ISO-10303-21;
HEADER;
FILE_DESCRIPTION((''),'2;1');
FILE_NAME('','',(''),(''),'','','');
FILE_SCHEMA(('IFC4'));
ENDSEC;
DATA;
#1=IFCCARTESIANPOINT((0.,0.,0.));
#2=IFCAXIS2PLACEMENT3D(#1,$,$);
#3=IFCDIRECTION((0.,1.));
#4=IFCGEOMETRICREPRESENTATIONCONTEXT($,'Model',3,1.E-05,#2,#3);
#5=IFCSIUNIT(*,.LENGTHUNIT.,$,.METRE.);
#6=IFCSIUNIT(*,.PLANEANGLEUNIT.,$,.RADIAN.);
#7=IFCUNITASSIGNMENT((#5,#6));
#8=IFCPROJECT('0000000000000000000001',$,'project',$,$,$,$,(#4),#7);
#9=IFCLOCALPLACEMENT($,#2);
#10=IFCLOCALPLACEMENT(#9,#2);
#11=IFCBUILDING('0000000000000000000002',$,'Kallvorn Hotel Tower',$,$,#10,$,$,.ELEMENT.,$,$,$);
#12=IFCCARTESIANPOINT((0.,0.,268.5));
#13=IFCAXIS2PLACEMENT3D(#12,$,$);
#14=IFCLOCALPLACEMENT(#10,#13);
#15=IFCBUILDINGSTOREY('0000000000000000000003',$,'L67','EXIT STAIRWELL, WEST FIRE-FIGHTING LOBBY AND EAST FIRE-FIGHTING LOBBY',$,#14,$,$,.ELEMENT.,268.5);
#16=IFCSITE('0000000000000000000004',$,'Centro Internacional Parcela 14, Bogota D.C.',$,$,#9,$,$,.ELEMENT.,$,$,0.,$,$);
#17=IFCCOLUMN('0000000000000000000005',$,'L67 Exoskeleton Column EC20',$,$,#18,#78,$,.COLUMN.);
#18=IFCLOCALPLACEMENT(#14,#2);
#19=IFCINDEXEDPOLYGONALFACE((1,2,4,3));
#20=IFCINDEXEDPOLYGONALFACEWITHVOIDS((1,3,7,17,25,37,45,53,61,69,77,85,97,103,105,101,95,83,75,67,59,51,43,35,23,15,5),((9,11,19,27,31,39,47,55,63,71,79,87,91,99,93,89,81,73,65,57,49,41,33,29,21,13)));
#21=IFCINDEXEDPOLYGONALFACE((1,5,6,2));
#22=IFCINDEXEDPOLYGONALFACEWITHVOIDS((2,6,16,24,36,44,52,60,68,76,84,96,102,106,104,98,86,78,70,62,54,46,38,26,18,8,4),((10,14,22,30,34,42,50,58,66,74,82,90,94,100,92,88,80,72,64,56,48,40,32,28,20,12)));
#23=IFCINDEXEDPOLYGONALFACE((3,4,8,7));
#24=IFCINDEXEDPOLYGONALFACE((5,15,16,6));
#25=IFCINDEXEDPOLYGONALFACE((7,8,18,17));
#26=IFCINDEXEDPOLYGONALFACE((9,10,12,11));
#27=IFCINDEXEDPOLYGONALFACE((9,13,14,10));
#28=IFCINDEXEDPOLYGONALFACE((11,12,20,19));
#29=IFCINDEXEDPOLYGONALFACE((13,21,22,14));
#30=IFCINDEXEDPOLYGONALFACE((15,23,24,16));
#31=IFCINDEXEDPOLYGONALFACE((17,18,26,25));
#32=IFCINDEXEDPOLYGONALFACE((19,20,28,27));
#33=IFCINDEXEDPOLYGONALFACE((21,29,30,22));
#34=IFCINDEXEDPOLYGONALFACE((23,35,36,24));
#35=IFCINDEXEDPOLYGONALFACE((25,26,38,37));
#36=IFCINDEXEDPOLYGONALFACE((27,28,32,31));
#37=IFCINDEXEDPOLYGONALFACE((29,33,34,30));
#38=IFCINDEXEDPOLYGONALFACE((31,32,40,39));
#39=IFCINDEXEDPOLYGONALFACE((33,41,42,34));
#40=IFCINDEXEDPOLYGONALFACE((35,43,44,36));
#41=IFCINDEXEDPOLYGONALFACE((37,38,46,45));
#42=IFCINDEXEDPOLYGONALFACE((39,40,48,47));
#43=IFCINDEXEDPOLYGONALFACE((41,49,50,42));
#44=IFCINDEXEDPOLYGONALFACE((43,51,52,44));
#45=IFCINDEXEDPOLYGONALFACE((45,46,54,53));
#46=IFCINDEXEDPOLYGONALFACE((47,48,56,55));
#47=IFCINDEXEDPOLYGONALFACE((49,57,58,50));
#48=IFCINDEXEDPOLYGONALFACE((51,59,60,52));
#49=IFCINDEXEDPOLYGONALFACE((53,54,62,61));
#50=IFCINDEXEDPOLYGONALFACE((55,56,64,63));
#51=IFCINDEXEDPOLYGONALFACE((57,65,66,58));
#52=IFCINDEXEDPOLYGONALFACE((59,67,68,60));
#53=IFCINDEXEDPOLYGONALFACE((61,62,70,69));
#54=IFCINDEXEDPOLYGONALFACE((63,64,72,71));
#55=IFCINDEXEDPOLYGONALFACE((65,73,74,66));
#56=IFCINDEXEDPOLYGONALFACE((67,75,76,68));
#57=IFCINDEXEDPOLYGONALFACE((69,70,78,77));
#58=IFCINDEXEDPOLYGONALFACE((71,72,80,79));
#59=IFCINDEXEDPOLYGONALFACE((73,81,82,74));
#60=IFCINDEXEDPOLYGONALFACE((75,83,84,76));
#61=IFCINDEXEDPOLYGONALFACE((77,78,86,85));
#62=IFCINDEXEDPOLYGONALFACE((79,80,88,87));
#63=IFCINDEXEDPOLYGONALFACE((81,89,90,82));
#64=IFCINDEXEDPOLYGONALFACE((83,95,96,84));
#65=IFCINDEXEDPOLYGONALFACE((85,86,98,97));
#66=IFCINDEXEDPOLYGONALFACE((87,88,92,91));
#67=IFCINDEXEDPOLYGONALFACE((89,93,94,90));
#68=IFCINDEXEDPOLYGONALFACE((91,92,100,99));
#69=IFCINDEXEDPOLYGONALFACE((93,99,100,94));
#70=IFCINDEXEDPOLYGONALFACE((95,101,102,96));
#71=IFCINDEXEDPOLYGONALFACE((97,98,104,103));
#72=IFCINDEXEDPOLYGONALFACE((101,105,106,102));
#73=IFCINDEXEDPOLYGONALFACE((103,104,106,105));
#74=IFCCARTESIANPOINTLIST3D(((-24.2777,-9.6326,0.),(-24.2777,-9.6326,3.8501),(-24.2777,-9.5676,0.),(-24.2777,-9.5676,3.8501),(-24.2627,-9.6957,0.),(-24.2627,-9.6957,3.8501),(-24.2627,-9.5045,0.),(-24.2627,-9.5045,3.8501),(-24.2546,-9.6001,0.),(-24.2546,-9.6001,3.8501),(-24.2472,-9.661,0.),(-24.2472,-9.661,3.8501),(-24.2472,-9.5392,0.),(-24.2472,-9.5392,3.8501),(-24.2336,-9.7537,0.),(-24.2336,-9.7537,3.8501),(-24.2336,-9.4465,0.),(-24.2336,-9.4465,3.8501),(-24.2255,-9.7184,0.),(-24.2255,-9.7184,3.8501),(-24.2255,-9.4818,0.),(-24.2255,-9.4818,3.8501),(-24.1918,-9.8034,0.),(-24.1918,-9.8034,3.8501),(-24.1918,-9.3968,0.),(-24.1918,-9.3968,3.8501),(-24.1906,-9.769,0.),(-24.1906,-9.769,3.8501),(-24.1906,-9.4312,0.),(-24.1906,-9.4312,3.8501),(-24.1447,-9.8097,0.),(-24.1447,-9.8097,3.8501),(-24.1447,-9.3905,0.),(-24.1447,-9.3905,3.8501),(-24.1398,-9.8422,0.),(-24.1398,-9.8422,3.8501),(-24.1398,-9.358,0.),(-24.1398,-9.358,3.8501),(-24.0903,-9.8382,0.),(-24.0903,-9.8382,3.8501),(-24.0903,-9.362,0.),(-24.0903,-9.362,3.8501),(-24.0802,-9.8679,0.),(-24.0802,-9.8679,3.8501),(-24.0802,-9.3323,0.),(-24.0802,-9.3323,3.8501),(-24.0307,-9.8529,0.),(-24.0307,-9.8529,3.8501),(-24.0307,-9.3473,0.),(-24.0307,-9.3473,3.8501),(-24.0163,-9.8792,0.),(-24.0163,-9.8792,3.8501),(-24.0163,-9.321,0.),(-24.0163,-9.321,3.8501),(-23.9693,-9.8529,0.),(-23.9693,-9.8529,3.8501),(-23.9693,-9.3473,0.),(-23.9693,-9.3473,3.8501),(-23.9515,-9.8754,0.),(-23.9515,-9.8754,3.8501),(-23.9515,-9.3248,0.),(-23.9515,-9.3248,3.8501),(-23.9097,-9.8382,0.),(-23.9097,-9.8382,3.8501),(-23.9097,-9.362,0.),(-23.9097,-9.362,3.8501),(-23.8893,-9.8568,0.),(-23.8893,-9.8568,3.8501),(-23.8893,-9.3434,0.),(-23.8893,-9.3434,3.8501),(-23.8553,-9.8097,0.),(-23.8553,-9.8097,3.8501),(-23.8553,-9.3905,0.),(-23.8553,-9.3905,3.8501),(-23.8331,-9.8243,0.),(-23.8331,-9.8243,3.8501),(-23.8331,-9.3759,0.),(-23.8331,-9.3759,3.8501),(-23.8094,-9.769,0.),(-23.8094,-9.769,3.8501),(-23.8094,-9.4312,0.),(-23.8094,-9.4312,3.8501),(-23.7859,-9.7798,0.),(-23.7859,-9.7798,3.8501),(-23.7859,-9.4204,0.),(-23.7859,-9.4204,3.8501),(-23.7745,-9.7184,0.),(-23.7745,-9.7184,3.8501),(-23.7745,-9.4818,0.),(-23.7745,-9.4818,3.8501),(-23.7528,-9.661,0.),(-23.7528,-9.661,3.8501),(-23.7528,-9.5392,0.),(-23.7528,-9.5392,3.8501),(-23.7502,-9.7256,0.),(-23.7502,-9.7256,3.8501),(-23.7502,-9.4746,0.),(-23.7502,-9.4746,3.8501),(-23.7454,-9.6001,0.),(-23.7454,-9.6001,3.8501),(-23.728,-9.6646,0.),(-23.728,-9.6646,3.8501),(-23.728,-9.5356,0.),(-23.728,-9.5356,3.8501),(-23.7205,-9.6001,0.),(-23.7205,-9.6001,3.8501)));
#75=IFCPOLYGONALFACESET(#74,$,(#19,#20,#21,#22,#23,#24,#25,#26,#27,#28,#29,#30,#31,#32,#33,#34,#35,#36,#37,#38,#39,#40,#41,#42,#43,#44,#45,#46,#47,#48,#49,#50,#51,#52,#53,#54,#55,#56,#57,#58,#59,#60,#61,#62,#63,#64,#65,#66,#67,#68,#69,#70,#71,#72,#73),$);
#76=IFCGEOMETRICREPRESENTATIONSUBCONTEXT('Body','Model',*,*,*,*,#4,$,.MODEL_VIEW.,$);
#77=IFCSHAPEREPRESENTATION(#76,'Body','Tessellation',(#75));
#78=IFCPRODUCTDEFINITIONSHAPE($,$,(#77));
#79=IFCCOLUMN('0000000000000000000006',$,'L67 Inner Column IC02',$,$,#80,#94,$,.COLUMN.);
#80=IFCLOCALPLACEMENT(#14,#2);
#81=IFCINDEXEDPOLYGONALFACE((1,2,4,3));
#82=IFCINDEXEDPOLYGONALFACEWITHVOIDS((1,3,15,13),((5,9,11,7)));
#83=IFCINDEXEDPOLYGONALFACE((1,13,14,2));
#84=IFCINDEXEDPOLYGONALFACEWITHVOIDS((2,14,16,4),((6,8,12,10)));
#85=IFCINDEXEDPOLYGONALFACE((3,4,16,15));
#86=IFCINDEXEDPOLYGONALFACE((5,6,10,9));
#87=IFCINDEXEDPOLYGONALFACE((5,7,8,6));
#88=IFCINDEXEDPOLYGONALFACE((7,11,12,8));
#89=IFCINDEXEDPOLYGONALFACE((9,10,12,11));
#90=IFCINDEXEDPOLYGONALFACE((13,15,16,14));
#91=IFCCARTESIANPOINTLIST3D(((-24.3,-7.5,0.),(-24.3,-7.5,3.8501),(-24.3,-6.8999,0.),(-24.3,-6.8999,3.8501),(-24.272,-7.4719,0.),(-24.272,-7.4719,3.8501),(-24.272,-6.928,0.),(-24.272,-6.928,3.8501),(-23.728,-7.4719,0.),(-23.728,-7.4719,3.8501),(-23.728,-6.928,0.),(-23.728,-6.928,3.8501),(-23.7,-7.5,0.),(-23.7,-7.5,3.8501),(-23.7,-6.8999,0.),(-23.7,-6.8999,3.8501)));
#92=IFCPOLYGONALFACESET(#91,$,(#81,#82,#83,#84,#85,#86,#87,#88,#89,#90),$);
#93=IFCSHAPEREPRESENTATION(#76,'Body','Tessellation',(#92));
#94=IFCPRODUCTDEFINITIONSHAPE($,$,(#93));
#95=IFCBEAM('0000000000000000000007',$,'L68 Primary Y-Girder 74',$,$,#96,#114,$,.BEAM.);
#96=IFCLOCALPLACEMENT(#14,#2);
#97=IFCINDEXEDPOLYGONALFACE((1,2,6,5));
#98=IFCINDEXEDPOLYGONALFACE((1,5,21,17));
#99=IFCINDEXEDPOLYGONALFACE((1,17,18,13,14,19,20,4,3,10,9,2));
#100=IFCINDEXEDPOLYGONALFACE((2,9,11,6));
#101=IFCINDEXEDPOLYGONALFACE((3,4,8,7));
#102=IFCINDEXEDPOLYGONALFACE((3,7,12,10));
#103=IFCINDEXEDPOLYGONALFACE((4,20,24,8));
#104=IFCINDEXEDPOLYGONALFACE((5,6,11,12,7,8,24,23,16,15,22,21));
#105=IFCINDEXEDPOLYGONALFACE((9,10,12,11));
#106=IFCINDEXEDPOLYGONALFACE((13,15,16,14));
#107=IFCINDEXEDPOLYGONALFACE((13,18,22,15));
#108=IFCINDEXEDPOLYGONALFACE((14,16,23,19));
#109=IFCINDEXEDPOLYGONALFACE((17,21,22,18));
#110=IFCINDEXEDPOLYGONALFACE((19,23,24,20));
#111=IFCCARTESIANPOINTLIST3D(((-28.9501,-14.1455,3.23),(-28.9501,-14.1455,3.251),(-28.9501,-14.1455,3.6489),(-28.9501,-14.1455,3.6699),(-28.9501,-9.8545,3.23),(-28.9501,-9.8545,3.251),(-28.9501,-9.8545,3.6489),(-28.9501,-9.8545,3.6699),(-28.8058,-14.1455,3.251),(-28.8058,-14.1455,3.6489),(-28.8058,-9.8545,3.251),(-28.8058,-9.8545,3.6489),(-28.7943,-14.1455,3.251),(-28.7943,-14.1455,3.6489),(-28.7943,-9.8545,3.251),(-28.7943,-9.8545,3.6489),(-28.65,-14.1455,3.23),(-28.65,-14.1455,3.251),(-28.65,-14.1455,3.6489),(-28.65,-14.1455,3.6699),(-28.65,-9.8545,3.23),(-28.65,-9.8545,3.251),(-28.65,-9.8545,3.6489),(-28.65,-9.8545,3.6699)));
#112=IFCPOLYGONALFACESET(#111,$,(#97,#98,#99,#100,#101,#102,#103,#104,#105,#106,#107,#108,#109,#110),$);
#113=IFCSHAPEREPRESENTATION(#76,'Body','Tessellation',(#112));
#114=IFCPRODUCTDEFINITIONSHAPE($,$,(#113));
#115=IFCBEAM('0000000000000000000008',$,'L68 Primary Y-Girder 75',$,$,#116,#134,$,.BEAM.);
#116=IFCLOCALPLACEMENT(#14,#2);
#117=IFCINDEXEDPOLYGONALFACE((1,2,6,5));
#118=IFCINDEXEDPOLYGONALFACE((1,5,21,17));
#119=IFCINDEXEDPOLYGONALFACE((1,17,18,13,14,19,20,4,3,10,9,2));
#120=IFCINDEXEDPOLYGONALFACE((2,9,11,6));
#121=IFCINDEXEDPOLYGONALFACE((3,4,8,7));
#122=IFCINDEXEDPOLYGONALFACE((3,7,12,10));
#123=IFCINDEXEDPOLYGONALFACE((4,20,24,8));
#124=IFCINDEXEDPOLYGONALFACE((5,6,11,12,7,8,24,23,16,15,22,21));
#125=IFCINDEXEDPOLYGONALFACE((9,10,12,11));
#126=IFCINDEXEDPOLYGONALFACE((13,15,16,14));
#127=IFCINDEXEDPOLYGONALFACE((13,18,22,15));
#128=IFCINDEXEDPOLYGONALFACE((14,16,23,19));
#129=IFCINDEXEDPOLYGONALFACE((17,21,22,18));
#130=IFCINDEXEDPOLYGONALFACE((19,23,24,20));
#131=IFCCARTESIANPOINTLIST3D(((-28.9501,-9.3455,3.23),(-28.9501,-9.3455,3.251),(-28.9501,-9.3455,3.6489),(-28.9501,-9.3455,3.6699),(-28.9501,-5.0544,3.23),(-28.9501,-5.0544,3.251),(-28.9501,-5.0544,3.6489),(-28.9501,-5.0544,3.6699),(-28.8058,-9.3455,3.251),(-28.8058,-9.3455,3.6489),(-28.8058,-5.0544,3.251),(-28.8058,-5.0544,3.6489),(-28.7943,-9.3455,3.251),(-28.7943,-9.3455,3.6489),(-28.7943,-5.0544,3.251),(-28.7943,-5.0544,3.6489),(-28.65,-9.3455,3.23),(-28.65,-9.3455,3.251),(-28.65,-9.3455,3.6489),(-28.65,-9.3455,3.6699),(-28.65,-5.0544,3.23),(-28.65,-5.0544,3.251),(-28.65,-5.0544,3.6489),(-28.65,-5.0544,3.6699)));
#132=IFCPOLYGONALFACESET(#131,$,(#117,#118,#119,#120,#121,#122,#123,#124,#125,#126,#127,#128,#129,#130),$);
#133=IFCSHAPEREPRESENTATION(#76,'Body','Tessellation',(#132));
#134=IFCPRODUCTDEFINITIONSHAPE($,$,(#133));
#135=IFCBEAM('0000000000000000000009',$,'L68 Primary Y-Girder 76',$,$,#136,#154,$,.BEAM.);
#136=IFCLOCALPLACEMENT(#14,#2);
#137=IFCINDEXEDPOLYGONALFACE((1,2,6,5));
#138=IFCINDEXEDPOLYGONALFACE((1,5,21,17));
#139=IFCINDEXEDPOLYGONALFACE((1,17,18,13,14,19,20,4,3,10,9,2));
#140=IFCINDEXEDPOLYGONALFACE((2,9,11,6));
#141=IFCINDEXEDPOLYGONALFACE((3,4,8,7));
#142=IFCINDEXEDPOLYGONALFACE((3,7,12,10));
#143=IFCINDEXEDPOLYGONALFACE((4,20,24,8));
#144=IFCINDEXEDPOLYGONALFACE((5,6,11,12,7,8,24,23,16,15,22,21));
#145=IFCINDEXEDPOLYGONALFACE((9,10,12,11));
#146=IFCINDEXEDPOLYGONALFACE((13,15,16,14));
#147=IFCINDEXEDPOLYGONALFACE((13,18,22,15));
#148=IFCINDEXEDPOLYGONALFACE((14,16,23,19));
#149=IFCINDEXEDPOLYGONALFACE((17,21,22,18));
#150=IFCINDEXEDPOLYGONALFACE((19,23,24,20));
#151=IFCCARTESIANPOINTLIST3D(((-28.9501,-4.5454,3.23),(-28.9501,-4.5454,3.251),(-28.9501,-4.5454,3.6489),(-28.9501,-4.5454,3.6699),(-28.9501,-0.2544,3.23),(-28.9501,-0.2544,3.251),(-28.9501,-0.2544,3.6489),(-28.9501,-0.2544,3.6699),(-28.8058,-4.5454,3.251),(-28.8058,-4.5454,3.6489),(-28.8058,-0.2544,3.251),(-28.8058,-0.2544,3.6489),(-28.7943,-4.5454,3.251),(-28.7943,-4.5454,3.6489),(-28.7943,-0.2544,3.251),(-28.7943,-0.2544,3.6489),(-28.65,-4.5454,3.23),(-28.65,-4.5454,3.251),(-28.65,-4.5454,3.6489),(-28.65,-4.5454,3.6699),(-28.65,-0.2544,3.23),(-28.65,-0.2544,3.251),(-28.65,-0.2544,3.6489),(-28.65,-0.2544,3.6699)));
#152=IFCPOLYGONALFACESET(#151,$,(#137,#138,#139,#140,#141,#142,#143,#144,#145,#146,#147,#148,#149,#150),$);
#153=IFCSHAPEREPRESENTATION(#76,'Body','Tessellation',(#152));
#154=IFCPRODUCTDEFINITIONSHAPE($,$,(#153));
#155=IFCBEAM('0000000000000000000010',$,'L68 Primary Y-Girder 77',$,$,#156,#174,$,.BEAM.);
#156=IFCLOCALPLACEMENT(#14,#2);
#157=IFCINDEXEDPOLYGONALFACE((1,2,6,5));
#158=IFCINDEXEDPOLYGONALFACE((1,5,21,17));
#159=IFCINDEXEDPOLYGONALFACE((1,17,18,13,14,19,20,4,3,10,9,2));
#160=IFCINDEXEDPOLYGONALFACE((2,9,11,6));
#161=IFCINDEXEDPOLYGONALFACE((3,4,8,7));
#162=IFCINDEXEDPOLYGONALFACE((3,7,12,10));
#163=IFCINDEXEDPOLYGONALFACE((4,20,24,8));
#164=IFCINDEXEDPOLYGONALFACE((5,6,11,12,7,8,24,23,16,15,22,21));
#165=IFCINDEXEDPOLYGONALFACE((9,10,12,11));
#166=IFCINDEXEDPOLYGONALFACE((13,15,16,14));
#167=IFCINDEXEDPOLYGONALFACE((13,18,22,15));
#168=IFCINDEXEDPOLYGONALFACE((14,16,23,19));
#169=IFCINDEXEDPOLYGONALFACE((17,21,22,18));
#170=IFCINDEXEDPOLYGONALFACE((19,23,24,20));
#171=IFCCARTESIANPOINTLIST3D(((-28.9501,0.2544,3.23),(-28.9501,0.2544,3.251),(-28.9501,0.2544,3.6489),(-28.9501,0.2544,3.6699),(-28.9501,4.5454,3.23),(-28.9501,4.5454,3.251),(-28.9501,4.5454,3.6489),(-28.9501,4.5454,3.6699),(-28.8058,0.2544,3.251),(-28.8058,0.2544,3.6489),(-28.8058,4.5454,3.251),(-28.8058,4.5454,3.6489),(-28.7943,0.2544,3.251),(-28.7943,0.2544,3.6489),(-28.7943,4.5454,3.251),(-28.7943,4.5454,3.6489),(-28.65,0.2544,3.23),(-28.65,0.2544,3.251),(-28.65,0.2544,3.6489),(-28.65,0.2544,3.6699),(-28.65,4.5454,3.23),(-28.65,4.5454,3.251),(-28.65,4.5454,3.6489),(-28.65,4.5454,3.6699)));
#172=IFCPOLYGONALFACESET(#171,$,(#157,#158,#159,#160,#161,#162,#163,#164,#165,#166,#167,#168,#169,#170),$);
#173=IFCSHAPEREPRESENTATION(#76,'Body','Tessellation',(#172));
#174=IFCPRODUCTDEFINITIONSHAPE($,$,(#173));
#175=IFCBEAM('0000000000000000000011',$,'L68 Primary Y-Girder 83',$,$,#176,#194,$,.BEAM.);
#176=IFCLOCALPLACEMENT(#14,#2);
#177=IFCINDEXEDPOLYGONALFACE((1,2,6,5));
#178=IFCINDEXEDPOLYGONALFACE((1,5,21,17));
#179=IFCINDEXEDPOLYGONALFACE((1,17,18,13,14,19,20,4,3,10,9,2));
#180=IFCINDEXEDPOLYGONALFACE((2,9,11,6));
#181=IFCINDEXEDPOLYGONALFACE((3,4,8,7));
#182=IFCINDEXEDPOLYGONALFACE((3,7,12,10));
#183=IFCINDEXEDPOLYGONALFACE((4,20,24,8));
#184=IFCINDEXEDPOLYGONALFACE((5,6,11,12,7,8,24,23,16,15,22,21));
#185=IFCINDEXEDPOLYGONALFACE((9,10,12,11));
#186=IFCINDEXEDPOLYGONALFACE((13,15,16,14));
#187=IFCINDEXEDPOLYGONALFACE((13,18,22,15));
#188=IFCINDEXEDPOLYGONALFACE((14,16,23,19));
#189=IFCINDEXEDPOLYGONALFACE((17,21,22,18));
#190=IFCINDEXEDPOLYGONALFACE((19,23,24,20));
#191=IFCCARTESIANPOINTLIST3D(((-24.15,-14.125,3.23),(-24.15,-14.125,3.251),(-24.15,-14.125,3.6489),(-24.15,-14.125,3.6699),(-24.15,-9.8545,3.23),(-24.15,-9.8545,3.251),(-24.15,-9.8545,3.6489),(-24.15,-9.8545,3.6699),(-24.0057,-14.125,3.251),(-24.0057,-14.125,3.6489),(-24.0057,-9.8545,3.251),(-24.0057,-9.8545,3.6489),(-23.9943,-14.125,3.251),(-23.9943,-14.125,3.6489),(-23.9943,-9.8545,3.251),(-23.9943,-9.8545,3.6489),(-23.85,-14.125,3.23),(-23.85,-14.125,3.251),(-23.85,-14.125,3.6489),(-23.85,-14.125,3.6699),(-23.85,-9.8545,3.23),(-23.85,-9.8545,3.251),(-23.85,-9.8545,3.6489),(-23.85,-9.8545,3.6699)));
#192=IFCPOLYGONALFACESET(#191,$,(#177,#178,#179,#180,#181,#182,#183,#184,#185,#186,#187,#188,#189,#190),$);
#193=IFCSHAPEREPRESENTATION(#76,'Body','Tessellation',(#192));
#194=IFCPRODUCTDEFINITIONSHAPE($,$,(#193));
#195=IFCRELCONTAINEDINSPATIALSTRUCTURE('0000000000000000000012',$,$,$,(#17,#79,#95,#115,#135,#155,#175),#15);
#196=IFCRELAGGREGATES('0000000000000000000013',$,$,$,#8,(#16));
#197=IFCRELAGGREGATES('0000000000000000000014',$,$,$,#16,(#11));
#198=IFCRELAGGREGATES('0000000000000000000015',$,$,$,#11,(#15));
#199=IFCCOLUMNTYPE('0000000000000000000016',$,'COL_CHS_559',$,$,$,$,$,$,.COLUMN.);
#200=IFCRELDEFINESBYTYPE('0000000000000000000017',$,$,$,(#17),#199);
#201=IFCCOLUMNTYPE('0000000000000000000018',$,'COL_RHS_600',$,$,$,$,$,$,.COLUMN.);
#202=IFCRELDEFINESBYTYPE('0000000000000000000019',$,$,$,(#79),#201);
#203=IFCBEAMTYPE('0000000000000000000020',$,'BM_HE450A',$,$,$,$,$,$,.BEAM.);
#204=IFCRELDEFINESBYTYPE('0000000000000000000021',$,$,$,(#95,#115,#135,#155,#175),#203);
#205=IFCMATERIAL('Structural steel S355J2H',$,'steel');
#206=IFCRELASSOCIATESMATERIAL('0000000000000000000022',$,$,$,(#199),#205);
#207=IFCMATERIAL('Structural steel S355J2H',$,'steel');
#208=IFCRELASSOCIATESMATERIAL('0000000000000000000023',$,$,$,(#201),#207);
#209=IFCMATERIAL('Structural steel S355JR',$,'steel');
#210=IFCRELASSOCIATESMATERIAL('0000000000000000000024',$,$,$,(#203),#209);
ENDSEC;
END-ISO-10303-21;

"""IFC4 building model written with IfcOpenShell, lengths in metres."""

from ifc_helpers import new_model, si_unit, direction, frame, origin, origin_2d, place, context, subcontext, project, spatial, hollow_rectangle, hollow_circle, i_section, extrude, material, material_profile, profile_set, type_object, element, save


model = new_model("IFC4")

# Units and contexts
model_context = context("Model", 3, precision=1e-05, world=origin(), true_north=direction((0.0, 1.0)))
body_context = subcontext(model_context, "Body", "Model", "MODEL_VIEW")
ifc_project = project(units=[si_unit("LENGTHUNIT", "METRE"), si_unit("PLANEANGLEUNIT", "RADIAN")], contexts=[model_context])

# Site, building, storey
site_placement = place(None, origin())
site = spatial("IfcSite", under=ifc_project, at=site_placement, Name="Centro Internacional Parcela 14, Bogota D.C.", CompositionType="ELEMENT", RefElevation=0.0)
building_placement = place(site_placement, origin())
building = spatial("IfcBuilding", under=site, at=building_placement, Name="Kallvorn Hotel Tower", CompositionType="ELEMENT")
storey_placement = place(building_placement, frame((0.0, 0.0, 268.5)))
storey = spatial("IfcBuildingStorey", under=building, at=storey_placement, Name="L67", Description="EXIT STAIRWELL, WEST FIRE-FIGHTING LOBBY AND EAST FIRE-FIGHTING LOBBY", CompositionType="ELEMENT", Elevation=268.5)

# Columns
ifc_material_1 = material(Name="Structural steel S355J2H", Category="steel")
ifc_material_profile_1 = material_profile(ifc_material_1, hollow_circle(Radius=0.2795, WallThickness=0.0249, at=origin_2d()), Name="CHS 559x25")
ifc_profile_set_1 = profile_set([ifc_material_profile_1], Name="Structural steel S355J2H")
column_type_1 = type_object("IfcColumnType", Name="COL_CHS_559", PredefinedType="COLUMN", material=ifc_profile_set_1)
for number, where, z_axis, x_axis, name in (
    (1, (-24.0, -9.6001, 0.0), (0.0, 0.0, 1.0), (1.0, 0.0, 0.0), "L67 Exoskeleton Column EC20"),
):
    element("IfcColumn", number, at=place(storey_placement, frame(where, z_axis=z_axis, x_axis=x_axis)), inside=storey, type_object=column_type_1, Name=name, PredefinedType="COLUMN", context=body_context, shape_type="SweptSolid", body=[
        extrude(hollow_circle(Radius=0.2795, WallThickness=0.0249, at=origin_2d()), origin(), (0.0, 0.0, 1.0), 3.8501),
    ])
ifc_material_2 = material(Name="Structural steel S355J2H", Category="steel")
ifc_material_profile_2 = material_profile(ifc_material_2, hollow_rectangle(XDim=0.6001, YDim=0.6001, WallThickness=0.0281, at=origin_2d()), Name="RHS 600x600x28")
ifc_profile_set_2 = profile_set([ifc_material_profile_2], Name="Structural steel S355J2H")
column_type_2 = type_object("IfcColumnType", Name="COL_RHS_600", PredefinedType="COLUMN", material=ifc_profile_set_2)
column_placement = place(storey_placement, frame((-24.0, -7.2, 0.0), z_axis=(0.0, 0.0, 1.0), x_axis=(1.0, 0.0, 0.0)))
element("IfcColumn", 2, at=column_placement, inside=storey, type_object=column_type_2, Name="L67 Inner Column IC02", PredefinedType="COLUMN", context=body_context, shape_type="SweptSolid", body=[
    extrude(hollow_rectangle(XDim=0.6001, YDim=0.6001, WallThickness=0.0281, at=origin_2d()), origin(), (0.0, 0.0, 1.0), 3.8501),
])

# Beams
ifc_material_3 = material(Name="Structural steel S355JR", Category="steel")
ifc_material_profile_3 = material_profile(ifc_material_3, i_section(OverallWidth=0.3, OverallDepth=0.4399, WebThickness=0.0115, FlangeThickness=0.021, at=origin_2d()), Name="HE 450 A")
ifc_profile_set_3 = profile_set([ifc_material_profile_3], Name="Structural steel S355JR")
beam_type_1 = type_object("IfcBeamType", Name="BM_HE450A", PredefinedType="BEAM", material=ifc_profile_set_3)
for number, where, z_axis, x_axis, name in (
    (3, (-28.8, -14.1455, 3.45), (0.0, 1.0, 0.0), (-1.0, 0.0, 0.0), "L68 Primary Y-Girder 74"),
    (4, (-28.8, -9.3455, 3.45), (0.0, 1.0, 0.0), (-1.0, 0.0, 0.0), "L68 Primary Y-Girder 75"),
    (5, (-28.8, -4.5454, 3.45), (0.0, 1.0, 0.0), (-1.0, 0.0, 0.0), "L68 Primary Y-Girder 76"),
    (6, (-28.8, 0.2544, 3.45), (0.0, 1.0, 0.0), (-1.0, 0.0, 0.0), "L68 Primary Y-Girder 77"),
):
    element("IfcBeam", number, at=place(storey_placement, frame(where, z_axis=z_axis, x_axis=x_axis)), inside=storey, type_object=beam_type_1, Name=name, PredefinedType="BEAM", context=body_context, shape_type="SweptSolid", body=[
        extrude(i_section(OverallWidth=0.3, OverallDepth=0.4399, WebThickness=0.0115, FlangeThickness=0.021, at=origin_2d()), origin(), (0.0, 0.0, 1.0), 4.291),
    ])
beam_1_placement = place(storey_placement, frame((-24.0, -14.125, 3.45), z_axis=(0.0, 1.0, 0.0), x_axis=(-1.0, 0.0, 0.0)))
element("IfcBeam", 7, at=beam_1_placement, inside=storey, type_object=beam_type_1, Name="L68 Primary Y-Girder 83", PredefinedType="BEAM", context=body_context, shape_type="SweptSolid", body=[
    extrude(i_section(OverallWidth=0.3, OverallDepth=0.4399, WebThickness=0.0115, FlangeThickness=0.021, at=origin_2d()), origin(), (0.0, 0.0, 1.0), 4.2705),
])

save(model, "model.ifc")
